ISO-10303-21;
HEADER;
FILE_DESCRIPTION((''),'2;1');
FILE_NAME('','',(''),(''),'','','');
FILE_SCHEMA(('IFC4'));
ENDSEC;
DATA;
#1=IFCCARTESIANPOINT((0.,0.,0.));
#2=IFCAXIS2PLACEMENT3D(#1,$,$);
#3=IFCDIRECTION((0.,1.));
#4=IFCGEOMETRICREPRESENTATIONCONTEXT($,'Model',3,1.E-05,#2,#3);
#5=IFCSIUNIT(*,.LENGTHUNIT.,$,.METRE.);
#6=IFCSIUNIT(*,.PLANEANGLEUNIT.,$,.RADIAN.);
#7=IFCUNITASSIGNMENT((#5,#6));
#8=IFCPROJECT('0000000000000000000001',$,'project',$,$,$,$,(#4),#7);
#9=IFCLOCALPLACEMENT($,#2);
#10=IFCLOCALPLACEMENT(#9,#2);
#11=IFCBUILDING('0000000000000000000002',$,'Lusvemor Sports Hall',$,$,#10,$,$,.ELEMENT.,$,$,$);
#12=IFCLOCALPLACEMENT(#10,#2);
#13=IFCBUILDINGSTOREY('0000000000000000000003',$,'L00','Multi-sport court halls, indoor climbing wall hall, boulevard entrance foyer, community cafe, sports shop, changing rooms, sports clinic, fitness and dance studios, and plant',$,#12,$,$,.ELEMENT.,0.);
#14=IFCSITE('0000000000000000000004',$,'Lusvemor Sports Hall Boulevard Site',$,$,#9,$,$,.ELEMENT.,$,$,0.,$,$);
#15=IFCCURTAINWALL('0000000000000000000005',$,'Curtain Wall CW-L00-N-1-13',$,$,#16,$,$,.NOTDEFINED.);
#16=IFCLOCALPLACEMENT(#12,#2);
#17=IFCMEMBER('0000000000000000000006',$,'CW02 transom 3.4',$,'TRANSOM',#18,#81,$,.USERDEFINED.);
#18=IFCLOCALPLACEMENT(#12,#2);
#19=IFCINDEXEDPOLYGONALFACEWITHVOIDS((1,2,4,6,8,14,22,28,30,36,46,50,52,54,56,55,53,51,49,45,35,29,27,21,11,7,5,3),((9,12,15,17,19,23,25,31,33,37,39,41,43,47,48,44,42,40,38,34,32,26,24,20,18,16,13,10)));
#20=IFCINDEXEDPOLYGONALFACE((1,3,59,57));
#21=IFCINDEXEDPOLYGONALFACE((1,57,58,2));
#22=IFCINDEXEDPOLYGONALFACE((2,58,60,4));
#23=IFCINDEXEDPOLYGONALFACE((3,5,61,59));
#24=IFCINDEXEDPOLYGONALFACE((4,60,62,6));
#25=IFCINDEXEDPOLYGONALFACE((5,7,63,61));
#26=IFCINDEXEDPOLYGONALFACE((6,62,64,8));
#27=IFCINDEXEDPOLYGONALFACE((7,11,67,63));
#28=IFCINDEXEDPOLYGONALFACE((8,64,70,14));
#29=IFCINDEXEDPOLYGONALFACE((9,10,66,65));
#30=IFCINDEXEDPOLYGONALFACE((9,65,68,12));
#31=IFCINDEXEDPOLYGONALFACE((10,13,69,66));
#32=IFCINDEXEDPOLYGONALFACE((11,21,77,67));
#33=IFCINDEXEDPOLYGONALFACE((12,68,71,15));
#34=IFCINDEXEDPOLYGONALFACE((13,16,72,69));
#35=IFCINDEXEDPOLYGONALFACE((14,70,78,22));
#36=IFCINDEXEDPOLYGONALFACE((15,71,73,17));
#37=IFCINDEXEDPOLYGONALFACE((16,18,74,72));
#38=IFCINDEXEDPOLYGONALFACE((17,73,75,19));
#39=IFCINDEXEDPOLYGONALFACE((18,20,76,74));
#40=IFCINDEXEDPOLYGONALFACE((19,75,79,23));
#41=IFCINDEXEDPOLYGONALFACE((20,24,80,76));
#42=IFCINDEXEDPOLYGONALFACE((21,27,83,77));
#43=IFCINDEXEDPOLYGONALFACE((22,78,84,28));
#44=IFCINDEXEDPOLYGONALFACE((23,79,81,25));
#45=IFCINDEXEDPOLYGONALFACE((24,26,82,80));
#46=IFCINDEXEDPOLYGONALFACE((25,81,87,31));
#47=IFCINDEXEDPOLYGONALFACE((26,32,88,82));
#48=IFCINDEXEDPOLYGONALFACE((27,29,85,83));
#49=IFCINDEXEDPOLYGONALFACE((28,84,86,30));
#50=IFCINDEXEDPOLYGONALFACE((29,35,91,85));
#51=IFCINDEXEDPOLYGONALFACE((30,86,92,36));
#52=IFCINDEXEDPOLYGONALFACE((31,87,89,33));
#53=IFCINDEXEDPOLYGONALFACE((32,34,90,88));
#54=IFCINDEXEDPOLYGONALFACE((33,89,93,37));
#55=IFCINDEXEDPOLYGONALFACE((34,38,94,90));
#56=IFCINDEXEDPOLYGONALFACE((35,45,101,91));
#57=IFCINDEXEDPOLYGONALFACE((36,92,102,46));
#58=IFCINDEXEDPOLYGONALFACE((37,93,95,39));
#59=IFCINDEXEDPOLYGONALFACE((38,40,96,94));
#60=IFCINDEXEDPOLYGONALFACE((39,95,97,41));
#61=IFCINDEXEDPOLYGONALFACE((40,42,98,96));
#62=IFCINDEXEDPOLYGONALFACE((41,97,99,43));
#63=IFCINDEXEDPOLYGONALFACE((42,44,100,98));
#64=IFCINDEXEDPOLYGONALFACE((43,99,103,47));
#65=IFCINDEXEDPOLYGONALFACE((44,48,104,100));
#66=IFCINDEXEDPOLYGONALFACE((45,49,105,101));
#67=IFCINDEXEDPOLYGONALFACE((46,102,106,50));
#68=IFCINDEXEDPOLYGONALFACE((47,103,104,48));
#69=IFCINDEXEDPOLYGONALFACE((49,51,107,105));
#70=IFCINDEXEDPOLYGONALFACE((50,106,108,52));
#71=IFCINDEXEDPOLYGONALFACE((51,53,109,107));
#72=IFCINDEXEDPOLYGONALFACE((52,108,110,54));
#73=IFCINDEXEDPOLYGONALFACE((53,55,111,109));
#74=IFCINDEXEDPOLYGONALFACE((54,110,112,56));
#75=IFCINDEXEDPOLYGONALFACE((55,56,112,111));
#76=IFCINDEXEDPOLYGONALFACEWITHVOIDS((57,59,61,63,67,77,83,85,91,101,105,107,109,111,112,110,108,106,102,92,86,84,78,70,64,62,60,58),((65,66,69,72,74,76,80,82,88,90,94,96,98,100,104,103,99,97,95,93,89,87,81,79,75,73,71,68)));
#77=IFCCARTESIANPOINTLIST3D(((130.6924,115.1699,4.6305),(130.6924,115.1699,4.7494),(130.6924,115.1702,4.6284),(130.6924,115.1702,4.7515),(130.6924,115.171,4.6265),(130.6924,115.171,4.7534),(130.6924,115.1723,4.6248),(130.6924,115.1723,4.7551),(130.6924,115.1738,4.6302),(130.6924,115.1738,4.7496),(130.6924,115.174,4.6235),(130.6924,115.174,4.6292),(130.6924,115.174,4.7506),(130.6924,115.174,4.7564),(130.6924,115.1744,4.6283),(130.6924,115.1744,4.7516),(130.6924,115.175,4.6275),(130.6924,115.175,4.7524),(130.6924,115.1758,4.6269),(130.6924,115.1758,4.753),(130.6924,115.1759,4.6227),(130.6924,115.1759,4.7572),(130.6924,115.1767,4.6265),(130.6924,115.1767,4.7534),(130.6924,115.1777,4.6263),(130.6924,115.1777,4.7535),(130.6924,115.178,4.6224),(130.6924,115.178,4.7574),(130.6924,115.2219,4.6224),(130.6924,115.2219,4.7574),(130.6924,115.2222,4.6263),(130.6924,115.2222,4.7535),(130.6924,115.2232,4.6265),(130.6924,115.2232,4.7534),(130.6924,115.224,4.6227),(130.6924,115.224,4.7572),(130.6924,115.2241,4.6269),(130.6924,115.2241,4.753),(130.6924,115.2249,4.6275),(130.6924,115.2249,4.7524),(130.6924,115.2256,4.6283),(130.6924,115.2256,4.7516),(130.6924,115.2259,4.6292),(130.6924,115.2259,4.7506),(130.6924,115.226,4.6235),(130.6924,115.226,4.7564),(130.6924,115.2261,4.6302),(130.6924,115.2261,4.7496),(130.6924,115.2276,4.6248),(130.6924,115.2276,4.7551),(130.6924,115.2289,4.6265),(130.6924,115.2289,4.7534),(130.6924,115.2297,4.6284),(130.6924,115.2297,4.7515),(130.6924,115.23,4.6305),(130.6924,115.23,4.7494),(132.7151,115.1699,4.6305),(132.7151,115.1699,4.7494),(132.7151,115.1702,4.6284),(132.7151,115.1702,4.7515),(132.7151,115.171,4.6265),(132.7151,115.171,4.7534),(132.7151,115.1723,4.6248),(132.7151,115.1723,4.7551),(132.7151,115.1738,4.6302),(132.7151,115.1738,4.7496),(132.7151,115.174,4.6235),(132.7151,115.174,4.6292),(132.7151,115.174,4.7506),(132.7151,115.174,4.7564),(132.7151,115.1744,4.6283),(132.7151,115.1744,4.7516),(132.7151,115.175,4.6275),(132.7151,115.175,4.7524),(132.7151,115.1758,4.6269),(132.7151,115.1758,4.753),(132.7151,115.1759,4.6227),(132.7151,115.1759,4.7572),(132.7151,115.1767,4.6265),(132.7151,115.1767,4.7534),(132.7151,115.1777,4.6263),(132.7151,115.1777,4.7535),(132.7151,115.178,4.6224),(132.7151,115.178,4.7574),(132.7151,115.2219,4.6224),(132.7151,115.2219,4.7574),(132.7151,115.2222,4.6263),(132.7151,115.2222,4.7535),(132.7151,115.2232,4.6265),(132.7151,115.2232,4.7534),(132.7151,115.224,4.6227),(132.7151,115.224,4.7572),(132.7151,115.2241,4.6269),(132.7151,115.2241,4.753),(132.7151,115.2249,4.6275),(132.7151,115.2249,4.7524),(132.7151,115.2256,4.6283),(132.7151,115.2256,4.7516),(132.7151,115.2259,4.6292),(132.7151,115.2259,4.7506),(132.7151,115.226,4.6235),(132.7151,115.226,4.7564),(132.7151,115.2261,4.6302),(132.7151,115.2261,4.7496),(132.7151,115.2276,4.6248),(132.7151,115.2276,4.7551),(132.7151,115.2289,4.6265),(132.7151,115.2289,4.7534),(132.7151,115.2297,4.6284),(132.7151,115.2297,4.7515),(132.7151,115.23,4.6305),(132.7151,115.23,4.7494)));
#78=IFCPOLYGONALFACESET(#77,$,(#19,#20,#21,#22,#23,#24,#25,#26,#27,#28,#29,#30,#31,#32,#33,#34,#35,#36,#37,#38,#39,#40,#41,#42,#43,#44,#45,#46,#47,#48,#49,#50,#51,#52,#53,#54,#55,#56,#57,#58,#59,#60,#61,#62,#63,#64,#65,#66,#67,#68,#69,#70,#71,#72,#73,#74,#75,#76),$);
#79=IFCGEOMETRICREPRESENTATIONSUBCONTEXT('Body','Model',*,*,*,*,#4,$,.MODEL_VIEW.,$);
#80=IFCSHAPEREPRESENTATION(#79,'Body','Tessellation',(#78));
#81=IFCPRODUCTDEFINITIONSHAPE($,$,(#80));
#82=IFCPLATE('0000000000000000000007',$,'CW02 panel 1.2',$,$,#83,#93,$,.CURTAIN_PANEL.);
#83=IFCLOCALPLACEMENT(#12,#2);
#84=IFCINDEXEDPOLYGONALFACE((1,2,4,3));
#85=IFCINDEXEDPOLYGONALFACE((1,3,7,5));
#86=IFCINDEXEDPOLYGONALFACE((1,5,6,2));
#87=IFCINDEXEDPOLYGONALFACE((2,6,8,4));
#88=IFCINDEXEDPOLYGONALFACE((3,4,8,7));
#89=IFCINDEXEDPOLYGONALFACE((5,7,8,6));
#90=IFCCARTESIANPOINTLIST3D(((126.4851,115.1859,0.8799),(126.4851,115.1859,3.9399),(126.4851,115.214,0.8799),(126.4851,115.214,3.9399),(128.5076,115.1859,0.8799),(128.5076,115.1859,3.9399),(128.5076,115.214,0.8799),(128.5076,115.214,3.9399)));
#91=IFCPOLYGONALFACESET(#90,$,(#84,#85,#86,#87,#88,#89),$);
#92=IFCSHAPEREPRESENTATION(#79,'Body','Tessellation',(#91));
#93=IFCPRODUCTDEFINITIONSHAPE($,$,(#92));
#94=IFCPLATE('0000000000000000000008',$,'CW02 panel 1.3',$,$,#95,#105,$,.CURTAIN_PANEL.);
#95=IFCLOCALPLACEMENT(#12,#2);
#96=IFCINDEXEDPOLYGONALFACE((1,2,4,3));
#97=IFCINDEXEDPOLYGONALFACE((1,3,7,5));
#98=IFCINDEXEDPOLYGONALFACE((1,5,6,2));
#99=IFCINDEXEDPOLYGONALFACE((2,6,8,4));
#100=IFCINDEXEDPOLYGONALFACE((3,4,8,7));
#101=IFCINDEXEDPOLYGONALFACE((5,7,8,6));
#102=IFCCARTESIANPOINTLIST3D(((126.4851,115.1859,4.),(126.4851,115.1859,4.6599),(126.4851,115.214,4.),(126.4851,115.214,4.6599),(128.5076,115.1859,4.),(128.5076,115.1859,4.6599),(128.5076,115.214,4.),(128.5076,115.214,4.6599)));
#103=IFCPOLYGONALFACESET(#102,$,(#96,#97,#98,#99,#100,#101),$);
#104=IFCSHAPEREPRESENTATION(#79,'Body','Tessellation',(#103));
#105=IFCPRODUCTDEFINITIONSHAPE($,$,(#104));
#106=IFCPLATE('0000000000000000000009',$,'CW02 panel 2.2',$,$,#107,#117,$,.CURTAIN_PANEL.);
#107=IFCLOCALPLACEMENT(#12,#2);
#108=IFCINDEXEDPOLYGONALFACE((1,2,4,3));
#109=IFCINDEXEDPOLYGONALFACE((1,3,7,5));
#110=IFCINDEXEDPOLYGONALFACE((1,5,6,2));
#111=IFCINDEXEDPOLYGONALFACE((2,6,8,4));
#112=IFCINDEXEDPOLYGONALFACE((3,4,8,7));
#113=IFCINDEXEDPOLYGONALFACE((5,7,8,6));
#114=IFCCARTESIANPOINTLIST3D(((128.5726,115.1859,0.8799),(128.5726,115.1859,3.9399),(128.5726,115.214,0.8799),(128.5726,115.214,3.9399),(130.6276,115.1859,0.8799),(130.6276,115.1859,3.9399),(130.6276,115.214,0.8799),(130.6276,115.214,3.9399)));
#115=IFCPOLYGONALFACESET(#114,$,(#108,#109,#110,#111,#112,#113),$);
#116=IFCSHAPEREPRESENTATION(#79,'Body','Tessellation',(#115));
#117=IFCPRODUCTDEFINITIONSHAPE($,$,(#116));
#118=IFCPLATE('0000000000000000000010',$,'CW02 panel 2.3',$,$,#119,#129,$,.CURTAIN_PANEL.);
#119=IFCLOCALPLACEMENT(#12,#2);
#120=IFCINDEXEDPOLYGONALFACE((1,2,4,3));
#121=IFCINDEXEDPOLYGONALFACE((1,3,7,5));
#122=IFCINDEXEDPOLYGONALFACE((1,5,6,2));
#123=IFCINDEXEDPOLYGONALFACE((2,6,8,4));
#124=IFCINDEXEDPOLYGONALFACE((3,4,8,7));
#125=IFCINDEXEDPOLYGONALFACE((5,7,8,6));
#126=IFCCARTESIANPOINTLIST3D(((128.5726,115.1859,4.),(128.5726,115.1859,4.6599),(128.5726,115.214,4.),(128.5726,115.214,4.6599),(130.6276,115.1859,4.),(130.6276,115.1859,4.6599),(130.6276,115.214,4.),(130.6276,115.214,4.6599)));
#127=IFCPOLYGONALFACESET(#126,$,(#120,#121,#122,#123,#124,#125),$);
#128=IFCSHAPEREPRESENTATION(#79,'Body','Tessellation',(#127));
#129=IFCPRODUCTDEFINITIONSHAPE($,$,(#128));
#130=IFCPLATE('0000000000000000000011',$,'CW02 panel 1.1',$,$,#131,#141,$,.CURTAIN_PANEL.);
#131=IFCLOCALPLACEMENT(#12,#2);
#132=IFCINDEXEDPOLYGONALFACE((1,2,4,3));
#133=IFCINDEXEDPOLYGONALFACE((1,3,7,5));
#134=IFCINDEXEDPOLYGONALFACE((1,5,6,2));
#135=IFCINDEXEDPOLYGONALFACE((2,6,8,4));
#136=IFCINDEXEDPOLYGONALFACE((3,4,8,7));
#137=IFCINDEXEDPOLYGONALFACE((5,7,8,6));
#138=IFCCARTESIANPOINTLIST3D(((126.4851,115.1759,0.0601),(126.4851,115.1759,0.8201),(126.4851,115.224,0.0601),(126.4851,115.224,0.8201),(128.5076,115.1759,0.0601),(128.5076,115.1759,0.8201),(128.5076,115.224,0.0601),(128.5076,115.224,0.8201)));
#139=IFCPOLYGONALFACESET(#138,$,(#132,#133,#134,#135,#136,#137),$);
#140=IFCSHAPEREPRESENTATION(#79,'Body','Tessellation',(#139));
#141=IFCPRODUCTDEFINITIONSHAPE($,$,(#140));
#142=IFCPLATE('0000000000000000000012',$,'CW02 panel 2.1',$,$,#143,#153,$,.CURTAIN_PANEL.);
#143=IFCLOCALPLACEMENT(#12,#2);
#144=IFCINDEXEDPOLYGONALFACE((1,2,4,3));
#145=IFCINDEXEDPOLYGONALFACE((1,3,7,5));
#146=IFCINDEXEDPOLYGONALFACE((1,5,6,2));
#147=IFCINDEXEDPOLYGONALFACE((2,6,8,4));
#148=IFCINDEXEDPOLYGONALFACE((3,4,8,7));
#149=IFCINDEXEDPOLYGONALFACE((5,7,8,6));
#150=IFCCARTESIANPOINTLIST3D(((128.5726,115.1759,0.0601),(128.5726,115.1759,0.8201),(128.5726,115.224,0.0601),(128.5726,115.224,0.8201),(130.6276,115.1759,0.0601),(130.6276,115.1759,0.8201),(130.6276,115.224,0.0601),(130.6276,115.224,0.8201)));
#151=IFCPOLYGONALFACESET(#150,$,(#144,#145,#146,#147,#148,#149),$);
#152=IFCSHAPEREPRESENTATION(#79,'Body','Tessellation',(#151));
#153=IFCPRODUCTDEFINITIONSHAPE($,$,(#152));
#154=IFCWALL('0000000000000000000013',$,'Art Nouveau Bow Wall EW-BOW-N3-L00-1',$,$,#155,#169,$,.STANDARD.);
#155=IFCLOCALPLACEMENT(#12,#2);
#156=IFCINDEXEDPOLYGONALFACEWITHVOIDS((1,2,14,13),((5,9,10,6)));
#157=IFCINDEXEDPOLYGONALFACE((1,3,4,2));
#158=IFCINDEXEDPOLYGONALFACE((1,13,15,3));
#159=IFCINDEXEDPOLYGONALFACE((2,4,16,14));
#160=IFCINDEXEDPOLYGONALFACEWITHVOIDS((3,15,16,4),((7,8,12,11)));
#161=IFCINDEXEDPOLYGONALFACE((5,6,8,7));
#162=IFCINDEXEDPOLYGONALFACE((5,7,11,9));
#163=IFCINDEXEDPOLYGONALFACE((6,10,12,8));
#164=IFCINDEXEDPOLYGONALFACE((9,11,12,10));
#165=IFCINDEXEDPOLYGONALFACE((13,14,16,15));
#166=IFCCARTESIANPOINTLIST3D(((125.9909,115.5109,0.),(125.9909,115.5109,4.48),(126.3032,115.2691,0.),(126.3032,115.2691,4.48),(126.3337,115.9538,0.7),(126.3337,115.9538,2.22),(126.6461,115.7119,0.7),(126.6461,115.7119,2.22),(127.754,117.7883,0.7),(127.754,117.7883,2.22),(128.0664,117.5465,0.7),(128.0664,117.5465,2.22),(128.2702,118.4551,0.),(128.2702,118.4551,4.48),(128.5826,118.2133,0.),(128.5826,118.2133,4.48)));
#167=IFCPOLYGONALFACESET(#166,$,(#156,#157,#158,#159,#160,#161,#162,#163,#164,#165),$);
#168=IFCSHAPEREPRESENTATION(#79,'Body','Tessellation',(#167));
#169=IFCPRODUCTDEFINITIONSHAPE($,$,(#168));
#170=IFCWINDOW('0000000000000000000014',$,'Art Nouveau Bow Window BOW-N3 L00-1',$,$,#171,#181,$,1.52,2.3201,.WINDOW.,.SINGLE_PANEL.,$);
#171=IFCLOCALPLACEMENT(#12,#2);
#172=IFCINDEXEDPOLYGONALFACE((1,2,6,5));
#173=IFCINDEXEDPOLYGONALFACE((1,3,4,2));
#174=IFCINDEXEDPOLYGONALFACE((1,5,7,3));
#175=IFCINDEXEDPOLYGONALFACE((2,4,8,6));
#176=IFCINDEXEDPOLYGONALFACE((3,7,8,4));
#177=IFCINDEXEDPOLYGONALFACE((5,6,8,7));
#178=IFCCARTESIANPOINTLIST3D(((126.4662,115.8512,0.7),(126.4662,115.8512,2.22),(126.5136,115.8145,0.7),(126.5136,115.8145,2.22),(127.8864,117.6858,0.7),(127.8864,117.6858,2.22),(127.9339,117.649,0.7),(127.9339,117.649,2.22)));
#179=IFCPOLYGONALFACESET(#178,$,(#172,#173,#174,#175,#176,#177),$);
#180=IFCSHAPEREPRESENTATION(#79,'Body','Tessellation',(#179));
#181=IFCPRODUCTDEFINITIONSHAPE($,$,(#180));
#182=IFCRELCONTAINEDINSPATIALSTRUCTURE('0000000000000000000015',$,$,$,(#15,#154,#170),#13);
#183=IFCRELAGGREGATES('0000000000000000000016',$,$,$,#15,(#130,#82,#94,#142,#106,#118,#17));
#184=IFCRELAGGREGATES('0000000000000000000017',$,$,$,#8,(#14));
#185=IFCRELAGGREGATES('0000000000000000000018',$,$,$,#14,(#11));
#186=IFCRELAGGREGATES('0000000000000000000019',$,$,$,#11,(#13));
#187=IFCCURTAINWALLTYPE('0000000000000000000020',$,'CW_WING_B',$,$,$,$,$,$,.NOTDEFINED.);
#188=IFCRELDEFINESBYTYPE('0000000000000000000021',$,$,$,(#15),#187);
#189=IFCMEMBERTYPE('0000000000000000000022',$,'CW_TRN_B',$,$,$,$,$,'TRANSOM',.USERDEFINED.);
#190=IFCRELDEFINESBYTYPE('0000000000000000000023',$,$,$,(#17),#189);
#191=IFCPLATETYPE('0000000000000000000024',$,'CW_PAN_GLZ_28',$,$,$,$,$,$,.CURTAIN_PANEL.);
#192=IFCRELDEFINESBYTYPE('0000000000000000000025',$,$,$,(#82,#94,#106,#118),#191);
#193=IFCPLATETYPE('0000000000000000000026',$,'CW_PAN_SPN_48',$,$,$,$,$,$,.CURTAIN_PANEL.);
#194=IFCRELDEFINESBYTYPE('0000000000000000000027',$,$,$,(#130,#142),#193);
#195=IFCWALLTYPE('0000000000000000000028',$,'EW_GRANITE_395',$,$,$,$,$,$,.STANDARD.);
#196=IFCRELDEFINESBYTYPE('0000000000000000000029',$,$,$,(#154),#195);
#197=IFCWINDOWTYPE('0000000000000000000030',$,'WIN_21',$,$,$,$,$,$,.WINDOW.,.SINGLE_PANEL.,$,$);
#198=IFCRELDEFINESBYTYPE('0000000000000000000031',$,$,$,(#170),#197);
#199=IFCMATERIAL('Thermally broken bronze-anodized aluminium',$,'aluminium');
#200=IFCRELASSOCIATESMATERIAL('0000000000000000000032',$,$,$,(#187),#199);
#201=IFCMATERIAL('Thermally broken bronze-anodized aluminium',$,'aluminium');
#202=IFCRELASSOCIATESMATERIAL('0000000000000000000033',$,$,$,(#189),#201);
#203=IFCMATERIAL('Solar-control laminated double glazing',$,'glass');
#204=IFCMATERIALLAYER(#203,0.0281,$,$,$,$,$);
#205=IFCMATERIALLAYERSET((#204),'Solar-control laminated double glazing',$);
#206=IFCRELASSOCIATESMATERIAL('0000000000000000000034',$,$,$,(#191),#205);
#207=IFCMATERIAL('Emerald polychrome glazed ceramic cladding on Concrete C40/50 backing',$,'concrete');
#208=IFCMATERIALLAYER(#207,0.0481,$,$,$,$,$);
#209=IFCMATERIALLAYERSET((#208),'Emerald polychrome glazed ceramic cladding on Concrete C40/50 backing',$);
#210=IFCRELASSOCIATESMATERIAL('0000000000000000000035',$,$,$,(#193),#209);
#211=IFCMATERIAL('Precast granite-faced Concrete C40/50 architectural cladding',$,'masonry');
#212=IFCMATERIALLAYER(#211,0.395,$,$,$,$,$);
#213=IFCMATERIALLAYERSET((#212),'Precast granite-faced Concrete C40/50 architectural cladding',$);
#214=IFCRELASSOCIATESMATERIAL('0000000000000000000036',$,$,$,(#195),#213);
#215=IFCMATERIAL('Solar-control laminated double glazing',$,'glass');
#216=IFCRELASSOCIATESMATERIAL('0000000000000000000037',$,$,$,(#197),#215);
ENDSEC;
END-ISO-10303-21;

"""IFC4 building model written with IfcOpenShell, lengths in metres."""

from ifc_helpers import new_model, si_unit, direction, frame, frame_2d, origin, origin_2d, place, context, subcontext, project, spatial, rectangle, hollow_rectangle, extrude, material, layer, layer_set, material_profile, profile_set, type_object, element, fill, aggregate, save


model = new_model("IFC4")

# Units and contexts
model_context = context("Model", 3, precision=1e-05, world=origin(), true_north=direction((0.0, 1.0)))
body_context = subcontext(model_context, "Body", "Model", "MODEL_VIEW")
ifc_project = project(units=[si_unit("LENGTHUNIT", "METRE"), si_unit("PLANEANGLEUNIT", "RADIAN")], contexts=[model_context])

# Site, building, storey
site_placement = place(None, origin())
site = spatial("IfcSite", under=ifc_project, at=site_placement, Name="Lusvemor Sports Hall Boulevard Site", CompositionType="ELEMENT", RefElevation=0.0)
building_placement = place(site_placement, origin())
building = spatial("IfcBuilding", under=site, at=building_placement, Name="Lusvemor Sports Hall", CompositionType="ELEMENT")
storey_placement = place(building_placement, origin())
storey = spatial("IfcBuildingStorey", under=building, at=storey_placement, Name="L00", Description="Multi-sport court halls, indoor climbing wall hall, boulevard entrance foyer, community cafe, sports shop, changing rooms, sports clinic, fitness and dance studios, and plant", CompositionType="ELEMENT", Elevation=0.0)

# Curtain wall, member, plates
ifc_material_1 = material(Name="Thermally broken bronze-anodized aluminium", Category="aluminium")
curtain_wall_type = type_object("IfcCurtainWallType", Name="CW_WING_B", PredefinedType="NOTDEFINED", material=ifc_material_1)
curtain_wall_placement = place(storey_placement, origin())
curtain_wall = element("IfcCurtainWall", 1, at=curtain_wall_placement, inside=storey, type_object=curtain_wall_type, Name="Curtain Wall CW-L00-N-1-13", PredefinedType="NOTDEFINED")
ifc_material_2 = material(Name="Thermally broken bronze-anodized aluminium", Category="aluminium")
ifc_material_profile_1 = material_profile(ifc_material_2, hollow_rectangle(XDim=0.0601, YDim=0.135, WallThickness=0.0039, InnerFilletRadius=0.0039, OuterFilletRadius=0.0081, at=origin_2d()), Name="CWTRN135x60x4")
ifc_profile_set_1 = profile_set([ifc_material_profile_1], Name="Thermally broken bronze-anodized aluminium")
member_type_1 = type_object("IfcMemberType", Name="CW_TRN_B", ElementType="TRANSOM", PredefinedType="USERDEFINED", material=ifc_profile_set_1)
member_1_placement = place(storey_placement, frame((130.6924, 115.2, 4.6899), z_axis=(1.0, 0.0, 0.0), x_axis=(0.0, 1.0, 0.0)))
member_1 = element("IfcMember", 2, at=member_1_placement, type_object=member_type_1, Name="CW02 transom 3.4", ObjectType="TRANSOM", PredefinedType="USERDEFINED", context=body_context, shape_type="SweptSolid", body=[
    extrude(hollow_rectangle(XDim=0.0601, YDim=0.135, WallThickness=0.0039, InnerFilletRadius=0.0039, OuterFilletRadius=0.0081, at=origin_2d()), origin(), (0.0, 0.0, 1.0), 2.0227),
])
ifc_material_3 = material(Name="Solar-control laminated double glazing", Category="glass")
ifc_layer_1 = layer(ifc_material_3, 0.0281)
ifc_layer_set_1 = layer_set([ifc_layer_1], Name="Solar-control laminated double glazing")
plate_type_1 = type_object("IfcPlateType", Name="CW_PAN_GLZ_28", PredefinedType="CURTAIN_PANEL", material=ifc_layer_set_1)
plate_1_placement = place(storey_placement, frame((127.4963, 115.2, 0.8799), z_axis=(0.0, 0.0, 1.0), x_axis=(1.0, 0.0, 0.0)))
plate_1 = element("IfcPlate", 3, at=plate_1_placement, type_object=plate_type_1, Name="CW02 panel 1.2", PredefinedType="CURTAIN_PANEL", context=body_context, shape_type="SweptSolid", body=[
    extrude(rectangle(XDim=2.0225, YDim=0.0281, at=origin_2d()), origin(), (0.0, 0.0, 1.0), 3.0601),
])
plate_2_placement = place(storey_placement, frame((127.4963, 115.2, 4.0), z_axis=(0.0, 0.0, 1.0), x_axis=(1.0, 0.0, 0.0)))
plate_2 = element("IfcPlate", 4, at=plate_2_placement, type_object=plate_type_1, Name="CW02 panel 1.3", PredefinedType="CURTAIN_PANEL", context=body_context, shape_type="SweptSolid", body=[
    extrude(rectangle(XDim=2.0225, YDim=0.0281, at=origin_2d()), origin(), (0.0, 0.0, 1.0), 0.6599),
])
plate_3_placement = place(storey_placement, frame((129.6001, 115.2, 0.8799), z_axis=(0.0, 0.0, 1.0), x_axis=(1.0, 0.0, 0.0)))
plate_3 = element("IfcPlate", 5, at=plate_3_placement, type_object=plate_type_1, Name="CW02 panel 2.2", PredefinedType="CURTAIN_PANEL", context=body_context, shape_type="SweptSolid", body=[
    extrude(rectangle(XDim=2.0549, YDim=0.0281, at=origin_2d()), origin(), (0.0, 0.0, 1.0), 3.0601),
])
plate_4_placement = place(storey_placement, frame((129.6001, 115.2, 4.0), z_axis=(0.0, 0.0, 1.0), x_axis=(1.0, 0.0, 0.0)))
plate_4 = element("IfcPlate", 6, at=plate_4_placement, type_object=plate_type_1, Name="CW02 panel 2.3", PredefinedType="CURTAIN_PANEL", context=body_context, shape_type="SweptSolid", body=[
    extrude(rectangle(XDim=2.0549, YDim=0.0281, at=origin_2d()), origin(), (0.0, 0.0, 1.0), 0.6599),
])
ifc_material_4 = material(Name="Emerald polychrome glazed ceramic cladding on Concrete C40/50 backing", Category="concrete")
ifc_layer_2 = layer(ifc_material_4, 0.0481)
ifc_layer_set_2 = layer_set([ifc_layer_2], Name="Emerald polychrome glazed ceramic cladding on Concrete C40/50 backing")
plate_type_2 = type_object("IfcPlateType", Name="CW_PAN_SPN_48", PredefinedType="CURTAIN_PANEL", material=ifc_layer_set_2)
plate_5_placement = place(storey_placement, frame((127.4963, 115.2, 0.0601), z_axis=(0.0, 0.0, 1.0), x_axis=(1.0, 0.0, 0.0)))
plate_5 = element("IfcPlate", 7, at=plate_5_placement, type_object=plate_type_2, Name="CW02 panel 1.1", PredefinedType="CURTAIN_PANEL", context=body_context, shape_type="SweptSolid", body=[
    extrude(rectangle(XDim=2.0225, YDim=0.0481, at=origin_2d()), origin(), (0.0, 0.0, 1.0), 0.76),
])
plate_6_placement = place(storey_placement, frame((129.6001, 115.2, 0.0601), z_axis=(0.0, 0.0, 1.0), x_axis=(1.0, 0.0, 0.0)))
plate_6 = element("IfcPlate", 8, at=plate_6_placement, type_object=plate_type_2, Name="CW02 panel 2.1", PredefinedType="CURTAIN_PANEL", context=body_context, shape_type="SweptSolid", body=[
    extrude(rectangle(XDim=2.0549, YDim=0.0481, at=origin_2d()), origin(), (0.0, 0.0, 1.0), 0.76),
])
aggregate(curtain_wall, [plate_5, plate_1, plate_2, plate_6, plate_3, plate_4, member_1])

# Wall, opening, window
ifc_material_5 = material(Name="Precast granite-faced Concrete C40/50 architectural cladding", Category="masonry")
ifc_layer_3 = layer(ifc_material_5, 0.395)
ifc_layer_set_3 = layer_set([ifc_layer_3], Name="Precast granite-faced Concrete C40/50 architectural cladding")
wall_type = type_object("IfcWallType", Name="EW_GRANITE_395", PredefinedType="STANDARD", material=ifc_layer_set_3)
wall_1_placement = place(storey_placement, frame((126.147, 115.3899, 0.0), z_axis=(0.0, 0.0, 1.0), x_axis=(0.612173, 0.790724, 0.0)))
wall_1 = element("IfcWall", 9, at=wall_1_placement, inside=storey, type_object=wall_type, Name="Art Nouveau Bow Wall EW-BOW-N3-L00-1", PredefinedType="STANDARD", context=body_context, shape_type="SweptSolid", body=[
    extrude(rectangle(XDim=3.7234, YDim=0.395, at=frame_2d((1.8618, 0.0))), origin(), (0.0, 0.0, 1.0), 4.48),
])
opening_1_placement = place(wall_1_placement, frame((0.5601, 0.0, 0.7)))
opening_1 = element("IfcOpeningElement", 10, at=opening_1_placement, cuts=wall_1, PredefinedType="OPENING", context=body_context, shape_type="SweptSolid", body=[
    extrude(rectangle(XDim=2.3201, YDim=1.52, at=frame_2d((1.1602, 0.76))), frame((0.0, 0.1975, 0.0), z_axis=(0.0, -1.0, 0.0), x_axis=(1.0, 0.0, 0.0)), (0.0, 0.0, 1.0), 0.395),
])
ifc_material_6 = material(Name="Solar-control laminated double glazing", Category="glass")
window_type = type_object("IfcWindowType", Name="WIN_21", PartitioningType="SINGLE_PANEL", PredefinedType="WINDOW", material=ifc_material_6)
window_1_placement = place(opening_1_placement, origin())
window_1 = element("IfcWindow", 11, at=window_1_placement, inside=storey, type_object=window_type, Name="Art Nouveau Bow Window BOW-N3 L00-1", OverallHeight=1.52, OverallWidth=2.3201, PartitioningType="SINGLE_PANEL", PredefinedType="WINDOW", context=body_context, shape_type="SweptSolid", body=[
    extrude(rectangle(XDim=2.3201, YDim=1.52, at=frame_2d((1.1602, 0.76))), frame((0.0, 0.03, 0.0), z_axis=(0.0, -1.0, 0.0), x_axis=(1.0, 0.0, 0.0)), (0.0, 0.0, 1.0), 0.0601),
])
fill(opening_1, window_1)

save(model, "model.ifc")
